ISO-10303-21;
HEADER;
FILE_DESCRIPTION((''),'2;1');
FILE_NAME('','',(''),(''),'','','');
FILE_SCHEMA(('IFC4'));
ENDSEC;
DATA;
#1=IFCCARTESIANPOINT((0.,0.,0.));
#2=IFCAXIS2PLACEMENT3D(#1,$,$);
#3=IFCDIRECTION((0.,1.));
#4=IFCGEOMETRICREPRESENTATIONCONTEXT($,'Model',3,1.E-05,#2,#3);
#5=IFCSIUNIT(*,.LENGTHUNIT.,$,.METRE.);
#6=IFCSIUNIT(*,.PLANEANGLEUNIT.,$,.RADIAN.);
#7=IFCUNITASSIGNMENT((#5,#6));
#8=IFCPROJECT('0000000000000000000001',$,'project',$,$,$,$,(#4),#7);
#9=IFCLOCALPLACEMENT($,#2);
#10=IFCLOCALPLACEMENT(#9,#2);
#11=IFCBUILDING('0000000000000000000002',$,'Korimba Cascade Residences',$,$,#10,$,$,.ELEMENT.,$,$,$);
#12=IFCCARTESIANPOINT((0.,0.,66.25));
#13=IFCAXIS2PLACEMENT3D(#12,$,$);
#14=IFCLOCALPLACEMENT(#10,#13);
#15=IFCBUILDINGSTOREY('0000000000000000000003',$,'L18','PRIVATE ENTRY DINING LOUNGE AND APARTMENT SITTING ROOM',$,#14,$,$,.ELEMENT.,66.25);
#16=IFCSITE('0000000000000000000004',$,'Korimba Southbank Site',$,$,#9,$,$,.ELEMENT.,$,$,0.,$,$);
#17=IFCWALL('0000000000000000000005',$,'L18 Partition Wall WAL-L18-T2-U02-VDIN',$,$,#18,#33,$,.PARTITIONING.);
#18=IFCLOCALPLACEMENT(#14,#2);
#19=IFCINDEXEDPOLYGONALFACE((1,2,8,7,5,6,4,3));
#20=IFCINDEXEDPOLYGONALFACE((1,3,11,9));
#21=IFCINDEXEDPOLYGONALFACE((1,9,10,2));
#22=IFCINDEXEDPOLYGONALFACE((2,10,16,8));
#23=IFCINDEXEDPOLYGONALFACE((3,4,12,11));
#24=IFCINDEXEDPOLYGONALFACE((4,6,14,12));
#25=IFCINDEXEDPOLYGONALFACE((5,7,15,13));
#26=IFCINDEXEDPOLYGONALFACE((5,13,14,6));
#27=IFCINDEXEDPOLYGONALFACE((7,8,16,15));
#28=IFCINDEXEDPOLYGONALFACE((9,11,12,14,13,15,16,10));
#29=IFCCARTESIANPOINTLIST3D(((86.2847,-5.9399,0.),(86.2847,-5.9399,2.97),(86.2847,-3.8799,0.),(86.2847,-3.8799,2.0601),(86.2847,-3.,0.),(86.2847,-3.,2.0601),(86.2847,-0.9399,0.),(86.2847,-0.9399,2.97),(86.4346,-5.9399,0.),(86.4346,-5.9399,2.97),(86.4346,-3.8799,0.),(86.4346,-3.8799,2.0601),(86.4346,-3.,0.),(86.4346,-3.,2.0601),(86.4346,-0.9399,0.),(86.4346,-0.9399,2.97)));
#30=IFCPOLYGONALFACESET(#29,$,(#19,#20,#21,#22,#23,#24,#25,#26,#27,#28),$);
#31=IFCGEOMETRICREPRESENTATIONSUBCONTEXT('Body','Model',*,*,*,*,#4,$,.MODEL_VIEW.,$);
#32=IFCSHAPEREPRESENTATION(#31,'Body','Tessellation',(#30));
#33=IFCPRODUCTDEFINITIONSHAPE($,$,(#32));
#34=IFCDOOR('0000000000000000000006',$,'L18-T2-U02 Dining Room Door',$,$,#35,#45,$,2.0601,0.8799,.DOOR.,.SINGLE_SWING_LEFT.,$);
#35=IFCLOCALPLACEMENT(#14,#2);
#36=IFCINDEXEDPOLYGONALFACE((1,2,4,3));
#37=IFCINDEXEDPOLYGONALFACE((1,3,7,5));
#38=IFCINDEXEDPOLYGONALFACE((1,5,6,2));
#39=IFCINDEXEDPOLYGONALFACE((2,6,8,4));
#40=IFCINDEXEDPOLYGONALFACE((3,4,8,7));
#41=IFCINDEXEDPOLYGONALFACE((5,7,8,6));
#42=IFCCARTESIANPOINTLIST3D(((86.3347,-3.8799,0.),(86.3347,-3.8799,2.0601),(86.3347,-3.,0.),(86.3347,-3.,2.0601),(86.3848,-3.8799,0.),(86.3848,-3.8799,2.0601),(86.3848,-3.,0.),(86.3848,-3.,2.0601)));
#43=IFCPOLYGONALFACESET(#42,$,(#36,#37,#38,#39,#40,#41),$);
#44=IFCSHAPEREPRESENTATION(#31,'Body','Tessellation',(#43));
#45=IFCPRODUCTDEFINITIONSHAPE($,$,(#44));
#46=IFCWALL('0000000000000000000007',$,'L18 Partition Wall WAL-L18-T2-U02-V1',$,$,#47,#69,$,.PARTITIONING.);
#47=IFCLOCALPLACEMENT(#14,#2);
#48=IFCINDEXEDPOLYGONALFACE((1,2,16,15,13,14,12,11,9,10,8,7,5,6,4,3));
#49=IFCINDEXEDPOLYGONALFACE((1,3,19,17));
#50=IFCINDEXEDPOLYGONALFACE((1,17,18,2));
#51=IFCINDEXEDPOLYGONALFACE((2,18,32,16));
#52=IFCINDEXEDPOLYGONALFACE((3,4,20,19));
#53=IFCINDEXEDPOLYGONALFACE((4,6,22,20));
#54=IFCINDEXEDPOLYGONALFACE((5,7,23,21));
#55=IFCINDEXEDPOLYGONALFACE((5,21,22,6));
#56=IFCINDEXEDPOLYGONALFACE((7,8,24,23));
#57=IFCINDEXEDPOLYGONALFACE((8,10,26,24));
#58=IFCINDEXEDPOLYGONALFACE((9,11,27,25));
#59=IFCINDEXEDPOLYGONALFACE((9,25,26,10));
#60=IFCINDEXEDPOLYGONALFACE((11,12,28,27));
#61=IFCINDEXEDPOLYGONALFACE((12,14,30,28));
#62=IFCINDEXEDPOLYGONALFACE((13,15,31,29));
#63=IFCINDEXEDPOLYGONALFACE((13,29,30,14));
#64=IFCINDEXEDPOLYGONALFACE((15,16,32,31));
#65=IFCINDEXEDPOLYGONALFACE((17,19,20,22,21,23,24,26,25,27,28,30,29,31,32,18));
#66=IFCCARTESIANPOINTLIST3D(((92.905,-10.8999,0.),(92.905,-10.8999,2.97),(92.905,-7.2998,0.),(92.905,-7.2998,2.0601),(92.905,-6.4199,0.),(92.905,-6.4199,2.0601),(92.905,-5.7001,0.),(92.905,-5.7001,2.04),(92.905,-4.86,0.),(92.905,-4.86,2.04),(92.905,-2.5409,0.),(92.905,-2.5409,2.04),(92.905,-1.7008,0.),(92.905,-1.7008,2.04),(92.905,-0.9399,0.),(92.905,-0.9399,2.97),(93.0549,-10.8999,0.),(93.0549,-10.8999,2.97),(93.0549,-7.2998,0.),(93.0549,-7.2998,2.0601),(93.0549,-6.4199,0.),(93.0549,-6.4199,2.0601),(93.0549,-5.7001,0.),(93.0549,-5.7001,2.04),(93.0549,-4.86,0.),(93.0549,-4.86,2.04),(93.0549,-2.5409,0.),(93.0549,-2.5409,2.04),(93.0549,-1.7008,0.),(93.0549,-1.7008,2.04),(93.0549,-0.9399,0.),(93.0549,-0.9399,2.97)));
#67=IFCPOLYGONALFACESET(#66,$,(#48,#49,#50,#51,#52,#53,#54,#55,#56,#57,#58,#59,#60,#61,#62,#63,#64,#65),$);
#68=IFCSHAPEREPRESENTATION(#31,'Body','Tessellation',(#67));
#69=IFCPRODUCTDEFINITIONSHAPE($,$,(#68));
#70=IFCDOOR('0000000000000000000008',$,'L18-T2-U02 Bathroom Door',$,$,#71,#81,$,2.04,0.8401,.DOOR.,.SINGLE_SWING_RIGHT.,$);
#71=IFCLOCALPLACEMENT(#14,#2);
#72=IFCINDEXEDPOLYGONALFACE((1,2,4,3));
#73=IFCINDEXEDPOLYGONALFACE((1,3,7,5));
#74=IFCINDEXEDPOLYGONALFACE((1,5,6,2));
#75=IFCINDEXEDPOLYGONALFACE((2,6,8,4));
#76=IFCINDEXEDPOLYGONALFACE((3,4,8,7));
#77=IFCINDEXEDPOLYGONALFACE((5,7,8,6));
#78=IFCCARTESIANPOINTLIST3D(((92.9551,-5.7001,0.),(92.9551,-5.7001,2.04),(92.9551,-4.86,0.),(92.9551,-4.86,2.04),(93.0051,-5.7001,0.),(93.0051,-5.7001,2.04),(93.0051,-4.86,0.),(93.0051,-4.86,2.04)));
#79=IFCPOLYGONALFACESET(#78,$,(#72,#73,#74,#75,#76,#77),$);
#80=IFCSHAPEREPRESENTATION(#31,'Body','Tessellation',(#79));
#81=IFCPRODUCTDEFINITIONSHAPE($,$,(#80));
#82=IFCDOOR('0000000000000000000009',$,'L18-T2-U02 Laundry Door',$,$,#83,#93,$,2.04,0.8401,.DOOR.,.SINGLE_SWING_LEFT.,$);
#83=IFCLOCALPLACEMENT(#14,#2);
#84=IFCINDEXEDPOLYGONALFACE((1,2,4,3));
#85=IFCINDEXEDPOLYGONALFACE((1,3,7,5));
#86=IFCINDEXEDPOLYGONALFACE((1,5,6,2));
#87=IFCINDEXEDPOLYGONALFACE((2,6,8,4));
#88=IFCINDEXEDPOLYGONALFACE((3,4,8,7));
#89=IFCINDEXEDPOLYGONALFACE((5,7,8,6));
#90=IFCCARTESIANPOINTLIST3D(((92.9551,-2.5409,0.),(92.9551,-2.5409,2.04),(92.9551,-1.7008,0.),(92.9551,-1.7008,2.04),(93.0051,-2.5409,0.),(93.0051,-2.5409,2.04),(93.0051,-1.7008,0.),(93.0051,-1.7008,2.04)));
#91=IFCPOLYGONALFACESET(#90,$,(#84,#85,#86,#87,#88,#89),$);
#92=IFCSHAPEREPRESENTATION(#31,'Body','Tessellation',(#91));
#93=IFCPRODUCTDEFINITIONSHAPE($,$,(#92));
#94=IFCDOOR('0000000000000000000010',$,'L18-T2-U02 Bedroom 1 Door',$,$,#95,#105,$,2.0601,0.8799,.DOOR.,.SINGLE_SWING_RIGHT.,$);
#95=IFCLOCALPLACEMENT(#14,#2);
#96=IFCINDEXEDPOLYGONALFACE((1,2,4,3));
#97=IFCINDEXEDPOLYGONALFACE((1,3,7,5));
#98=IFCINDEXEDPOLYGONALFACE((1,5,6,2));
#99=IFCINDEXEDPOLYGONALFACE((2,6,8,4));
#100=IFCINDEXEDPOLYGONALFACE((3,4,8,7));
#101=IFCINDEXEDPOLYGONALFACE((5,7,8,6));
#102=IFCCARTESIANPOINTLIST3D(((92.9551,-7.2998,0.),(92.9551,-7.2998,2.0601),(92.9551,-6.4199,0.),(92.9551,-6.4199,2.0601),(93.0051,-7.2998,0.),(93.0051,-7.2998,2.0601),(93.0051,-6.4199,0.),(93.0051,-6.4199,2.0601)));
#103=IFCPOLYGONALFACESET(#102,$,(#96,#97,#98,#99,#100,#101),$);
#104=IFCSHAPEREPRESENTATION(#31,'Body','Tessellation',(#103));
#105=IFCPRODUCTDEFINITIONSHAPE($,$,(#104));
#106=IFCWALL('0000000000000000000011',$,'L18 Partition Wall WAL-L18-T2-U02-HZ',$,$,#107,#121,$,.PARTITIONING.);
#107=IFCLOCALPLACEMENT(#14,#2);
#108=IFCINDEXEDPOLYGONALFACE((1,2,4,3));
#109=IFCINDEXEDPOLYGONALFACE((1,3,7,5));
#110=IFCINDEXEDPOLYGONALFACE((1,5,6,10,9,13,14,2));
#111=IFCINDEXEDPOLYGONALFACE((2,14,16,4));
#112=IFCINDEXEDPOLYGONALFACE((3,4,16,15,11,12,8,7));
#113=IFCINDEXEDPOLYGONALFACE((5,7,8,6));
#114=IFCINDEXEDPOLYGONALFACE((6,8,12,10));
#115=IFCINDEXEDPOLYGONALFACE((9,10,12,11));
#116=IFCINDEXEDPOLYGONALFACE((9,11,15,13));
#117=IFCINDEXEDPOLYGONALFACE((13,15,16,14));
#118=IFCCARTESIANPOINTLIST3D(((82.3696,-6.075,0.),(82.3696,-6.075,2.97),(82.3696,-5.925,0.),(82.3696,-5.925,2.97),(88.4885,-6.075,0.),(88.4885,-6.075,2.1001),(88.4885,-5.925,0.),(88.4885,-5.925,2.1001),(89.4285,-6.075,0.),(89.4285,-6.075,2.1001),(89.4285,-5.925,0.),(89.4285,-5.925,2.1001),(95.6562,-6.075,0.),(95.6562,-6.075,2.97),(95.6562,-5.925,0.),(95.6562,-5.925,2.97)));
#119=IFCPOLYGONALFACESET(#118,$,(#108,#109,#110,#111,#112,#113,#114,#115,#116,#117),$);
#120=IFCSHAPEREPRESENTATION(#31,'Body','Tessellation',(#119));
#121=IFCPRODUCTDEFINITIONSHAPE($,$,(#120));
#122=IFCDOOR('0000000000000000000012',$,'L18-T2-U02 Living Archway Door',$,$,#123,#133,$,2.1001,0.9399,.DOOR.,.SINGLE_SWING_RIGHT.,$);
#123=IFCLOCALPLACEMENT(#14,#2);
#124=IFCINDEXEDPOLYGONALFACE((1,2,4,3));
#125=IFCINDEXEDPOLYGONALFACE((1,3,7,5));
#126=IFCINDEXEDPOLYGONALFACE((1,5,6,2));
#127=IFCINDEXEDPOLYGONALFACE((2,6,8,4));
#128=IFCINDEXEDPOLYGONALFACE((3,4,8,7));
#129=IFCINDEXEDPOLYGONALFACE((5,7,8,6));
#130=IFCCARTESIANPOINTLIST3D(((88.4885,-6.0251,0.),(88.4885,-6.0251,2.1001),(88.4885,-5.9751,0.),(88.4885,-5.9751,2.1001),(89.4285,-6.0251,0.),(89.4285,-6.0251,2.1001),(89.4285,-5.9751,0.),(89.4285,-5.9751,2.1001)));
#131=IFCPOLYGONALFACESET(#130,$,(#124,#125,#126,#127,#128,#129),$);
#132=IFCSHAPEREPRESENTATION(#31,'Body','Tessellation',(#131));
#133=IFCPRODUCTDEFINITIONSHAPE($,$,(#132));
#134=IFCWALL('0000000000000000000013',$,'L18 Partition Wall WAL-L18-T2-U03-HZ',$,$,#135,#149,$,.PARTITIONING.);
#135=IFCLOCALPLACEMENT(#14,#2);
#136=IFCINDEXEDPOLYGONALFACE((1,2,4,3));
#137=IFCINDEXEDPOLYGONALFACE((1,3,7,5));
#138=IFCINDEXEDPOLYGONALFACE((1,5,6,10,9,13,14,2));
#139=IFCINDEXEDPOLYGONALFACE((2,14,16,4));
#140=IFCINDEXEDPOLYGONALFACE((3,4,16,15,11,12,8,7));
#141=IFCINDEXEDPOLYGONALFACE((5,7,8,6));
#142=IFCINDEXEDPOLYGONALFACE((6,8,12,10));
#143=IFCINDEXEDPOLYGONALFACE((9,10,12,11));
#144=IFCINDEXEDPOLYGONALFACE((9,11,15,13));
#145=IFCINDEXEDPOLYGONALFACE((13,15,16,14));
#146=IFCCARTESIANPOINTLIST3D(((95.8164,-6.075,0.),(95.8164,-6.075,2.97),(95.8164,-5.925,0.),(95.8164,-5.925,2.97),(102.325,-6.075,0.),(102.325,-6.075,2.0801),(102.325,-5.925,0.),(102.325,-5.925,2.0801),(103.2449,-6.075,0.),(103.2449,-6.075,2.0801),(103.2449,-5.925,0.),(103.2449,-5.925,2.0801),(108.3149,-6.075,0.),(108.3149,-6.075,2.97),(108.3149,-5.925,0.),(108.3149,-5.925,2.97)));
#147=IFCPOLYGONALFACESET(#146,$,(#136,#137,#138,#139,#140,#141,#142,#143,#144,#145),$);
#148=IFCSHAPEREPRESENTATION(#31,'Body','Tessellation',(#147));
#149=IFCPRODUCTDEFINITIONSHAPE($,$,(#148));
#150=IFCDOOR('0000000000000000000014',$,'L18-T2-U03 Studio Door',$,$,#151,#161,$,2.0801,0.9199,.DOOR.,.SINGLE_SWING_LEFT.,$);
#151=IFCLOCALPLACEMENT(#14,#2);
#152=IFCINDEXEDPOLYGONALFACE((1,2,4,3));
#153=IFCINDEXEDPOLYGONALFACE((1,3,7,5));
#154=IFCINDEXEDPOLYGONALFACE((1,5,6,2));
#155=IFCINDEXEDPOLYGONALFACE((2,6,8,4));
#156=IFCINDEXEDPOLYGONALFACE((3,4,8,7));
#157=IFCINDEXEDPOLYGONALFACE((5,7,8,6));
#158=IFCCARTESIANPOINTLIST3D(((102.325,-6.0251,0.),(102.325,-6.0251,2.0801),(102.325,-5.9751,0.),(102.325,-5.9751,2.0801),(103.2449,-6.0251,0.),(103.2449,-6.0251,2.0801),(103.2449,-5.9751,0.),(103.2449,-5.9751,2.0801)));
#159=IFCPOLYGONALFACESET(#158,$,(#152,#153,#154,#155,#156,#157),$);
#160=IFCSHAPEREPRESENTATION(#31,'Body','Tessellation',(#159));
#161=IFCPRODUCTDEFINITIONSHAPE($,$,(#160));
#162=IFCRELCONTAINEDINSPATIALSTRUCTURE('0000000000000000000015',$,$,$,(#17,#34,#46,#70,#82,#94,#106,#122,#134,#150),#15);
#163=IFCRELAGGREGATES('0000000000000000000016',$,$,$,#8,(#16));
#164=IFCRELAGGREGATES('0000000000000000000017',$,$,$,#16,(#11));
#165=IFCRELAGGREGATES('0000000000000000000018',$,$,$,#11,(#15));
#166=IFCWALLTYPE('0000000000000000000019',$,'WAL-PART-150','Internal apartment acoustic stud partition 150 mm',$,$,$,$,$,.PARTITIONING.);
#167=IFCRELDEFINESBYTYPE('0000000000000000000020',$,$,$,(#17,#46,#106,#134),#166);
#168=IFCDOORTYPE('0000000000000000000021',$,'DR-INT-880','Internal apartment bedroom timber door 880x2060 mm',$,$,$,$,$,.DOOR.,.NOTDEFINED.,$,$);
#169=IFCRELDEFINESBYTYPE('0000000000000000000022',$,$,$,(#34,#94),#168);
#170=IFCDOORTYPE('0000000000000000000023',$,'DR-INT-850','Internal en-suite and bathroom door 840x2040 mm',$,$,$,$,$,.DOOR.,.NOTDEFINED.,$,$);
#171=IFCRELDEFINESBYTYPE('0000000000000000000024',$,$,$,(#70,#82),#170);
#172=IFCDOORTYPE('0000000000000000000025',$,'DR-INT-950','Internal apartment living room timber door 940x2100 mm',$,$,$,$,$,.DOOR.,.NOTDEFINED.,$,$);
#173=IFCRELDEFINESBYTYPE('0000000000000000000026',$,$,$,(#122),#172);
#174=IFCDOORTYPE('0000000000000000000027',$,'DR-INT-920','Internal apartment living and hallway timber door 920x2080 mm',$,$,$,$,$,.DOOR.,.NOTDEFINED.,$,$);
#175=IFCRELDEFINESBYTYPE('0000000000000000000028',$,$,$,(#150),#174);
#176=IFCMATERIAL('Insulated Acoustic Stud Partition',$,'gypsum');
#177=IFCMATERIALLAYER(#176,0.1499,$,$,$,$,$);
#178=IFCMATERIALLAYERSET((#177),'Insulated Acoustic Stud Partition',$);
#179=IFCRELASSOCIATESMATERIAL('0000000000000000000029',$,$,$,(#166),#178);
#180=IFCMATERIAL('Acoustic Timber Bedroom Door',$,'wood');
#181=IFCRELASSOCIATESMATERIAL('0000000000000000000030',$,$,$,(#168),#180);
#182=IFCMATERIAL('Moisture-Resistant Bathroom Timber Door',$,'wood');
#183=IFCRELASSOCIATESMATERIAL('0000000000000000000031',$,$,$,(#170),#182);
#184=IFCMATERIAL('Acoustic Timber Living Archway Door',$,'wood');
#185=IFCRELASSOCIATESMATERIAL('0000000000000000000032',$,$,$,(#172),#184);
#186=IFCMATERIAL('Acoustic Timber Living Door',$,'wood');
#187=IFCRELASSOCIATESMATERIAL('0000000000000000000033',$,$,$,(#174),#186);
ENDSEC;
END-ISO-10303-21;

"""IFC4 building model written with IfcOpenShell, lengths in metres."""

from ifc_helpers import new_model, si_unit, direction, frame, frame_2d, origin, place, context, subcontext, project, spatial, rectangle, extrude, material, layer, layer_set, type_object, element, fill, save


model = new_model("IFC4")

# Units and contexts
model_context = context("Model", 3, precision=1e-05, world=origin(), true_north=direction((0.0, 1.0)))
body_context = subcontext(model_context, "Body", "Model", "MODEL_VIEW")
ifc_project = project(units=[si_unit("LENGTHUNIT", "METRE"), si_unit("PLANEANGLEUNIT", "RADIAN")], contexts=[model_context])

# Site, building, storey
site_placement = place(None, origin())
site = spatial("IfcSite", under=ifc_project, at=site_placement, Name="Korimba Southbank Site", CompositionType="ELEMENT", RefElevation=0.0)
building_placement = place(site_placement, origin())
building = spatial("IfcBuilding", under=site, at=building_placement, Name="Korimba Cascade Residences", CompositionType="ELEMENT")
storey_placement = place(building_placement, frame((0.0, 0.0, 66.25)))
storey = spatial("IfcBuildingStorey", under=building, at=storey_placement, Name="L18", Description="PRIVATE ENTRY DINING LOUNGE AND APARTMENT SITTING ROOM", CompositionType="ELEMENT", Elevation=66.25)

# Wall, opening, door
ifc_material_1 = material(Name="Insulated Acoustic Stud Partition", Category="gypsum")
ifc_layer_1 = layer(ifc_material_1, 0.1499)
ifc_layer_set_1 = layer_set([ifc_layer_1], Name="Insulated Acoustic Stud Partition")
wall_type_1 = type_object("IfcWallType", Name="WAL-PART-150", Description="Internal apartment acoustic stud partition 150 mm", PredefinedType="PARTITIONING", material=ifc_layer_set_1)
wall_1_placement = place(storey_placement, frame((86.3596, -5.9399, 0.0), z_axis=(0.0, 0.0, 1.0), x_axis=(0.0, 1.0, 0.0)))
wall_1 = element("IfcWall", 1, at=wall_1_placement, inside=storey, type_object=wall_type_1, Name="L18 Partition Wall WAL-L18-T2-U02-VDIN", PredefinedType="PARTITIONING", context=body_context, shape_type="SweptSolid", body=[
    extrude(rectangle(XDim=5.0, YDim=0.1499, at=frame_2d((2.5, 0.0))), origin(), (0.0, 0.0, 1.0), 2.97),
])
opening_1_placement = place(wall_1_placement, frame((2.0601, 0.0, 0.0)))
opening_1 = element("IfcOpeningElement", 2, at=opening_1_placement, cuts=wall_1, PredefinedType="OPENING", context=body_context, shape_type="SweptSolid", body=[
    extrude(rectangle(XDim=0.8799, YDim=2.0601, at=frame_2d((0.4399, 1.03))), frame((0.0, 0.085, 0.0), z_axis=(0.0, -1.0, 0.0), x_axis=(1.0, 0.0, 0.0)), (0.0, 0.0, 1.0), 0.1699),
])
ifc_material_2 = material(Name="Acoustic Timber Bedroom Door", Category="wood")
door_type_1 = type_object("IfcDoorType", Name="DR-INT-880", Description="Internal apartment bedroom timber door 880x2060 mm", OperationType="NOTDEFINED", PredefinedType="DOOR", material=ifc_material_2)
door_1_placement = place(opening_1_placement, origin())
door_1 = element("IfcDoor", 3, at=door_1_placement, inside=storey, type_object=door_type_1, Name="L18-T2-U02 Dining Room Door", OperationType="SINGLE_SWING_LEFT", OverallHeight=2.0601, OverallWidth=0.8799, PredefinedType="DOOR", context=body_context, shape_type="SweptSolid", body=[
    extrude(rectangle(XDim=0.8799, YDim=2.0601, at=frame_2d((0.4399, 1.03))), frame((0.0, 0.0249, 0.0), z_axis=(0.0, -1.0, 0.0), x_axis=(1.0, 0.0, 0.0)), (0.0, 0.0, 1.0), 0.05),
])
fill(opening_1, door_1)

# Wall, openings, doors
wall_2_placement = place(storey_placement, frame((92.98, -10.8999, 0.0), z_axis=(0.0, 0.0, 1.0), x_axis=(0.0, 1.0, 0.0)))
wall_2 = element("IfcWall", 4, at=wall_2_placement, inside=storey, type_object=wall_type_1, Name="L18 Partition Wall WAL-L18-T2-U02-V1", PredefinedType="PARTITIONING", context=body_context, shape_type="SweptSolid", body=[
    extrude(rectangle(XDim=9.96, YDim=0.1499, at=frame_2d((4.98, 0.0))), origin(), (0.0, 0.0, 1.0), 2.97),
])
opening_2_placement = place(wall_2_placement, frame((5.2, 0.0, 0.0)))
opening_2 = element("IfcOpeningElement", 5, at=opening_2_placement, cuts=wall_2, PredefinedType="OPENING", context=body_context, shape_type="SweptSolid", body=[
    extrude(rectangle(XDim=0.8401, YDim=2.04, at=frame_2d((0.4199, 1.02))), frame((0.0, 0.085, 0.0), z_axis=(0.0, -1.0, 0.0), x_axis=(1.0, 0.0, 0.0)), (0.0, 0.0, 1.0), 0.1699),
])
opening_3_placement = place(wall_2_placement, frame((8.3591, 0.0, 0.0)))
opening_3 = element("IfcOpeningElement", 6, at=opening_3_placement, cuts=wall_2, PredefinedType="OPENING", context=body_context, shape_type="SweptSolid", body=[
    extrude(rectangle(XDim=0.8401, YDim=2.04, at=frame_2d((0.4199, 1.02))), frame((0.0, 0.085, 0.0), z_axis=(0.0, -1.0, 0.0), x_axis=(1.0, 0.0, 0.0)), (0.0, 0.0, 1.0), 0.1699),
])
opening_4_placement = place(wall_2_placement, frame((3.6001, 0.0, 0.0)))
opening_4 = element("IfcOpeningElement", 7, at=opening_4_placement, cuts=wall_2, PredefinedType="OPENING", context=body_context, shape_type="SweptSolid", body=[
    extrude(rectangle(XDim=0.8799, YDim=2.0601, at=frame_2d((0.4399, 1.03))), frame((0.0, 0.085, 0.0), z_axis=(0.0, -1.0, 0.0), x_axis=(1.0, 0.0, 0.0)), (0.0, 0.0, 1.0), 0.1699),
])
ifc_material_3 = material(Name="Moisture-Resistant Bathroom Timber Door", Category="wood")
door_type_2 = type_object("IfcDoorType", Name="DR-INT-850", Description="Internal en-suite and bathroom door 840x2040 mm", OperationType="NOTDEFINED", PredefinedType="DOOR", material=ifc_material_3)
door_2_placement = place(opening_2_placement, origin())
door_2 = element("IfcDoor", 8, at=door_2_placement, inside=storey, type_object=door_type_2, Name="L18-T2-U02 Bathroom Door", OperationType="SINGLE_SWING_RIGHT", OverallHeight=2.04, OverallWidth=0.8401, PredefinedType="DOOR", context=body_context, shape_type="SweptSolid", body=[
    extrude(rectangle(XDim=0.8401, YDim=2.04, at=frame_2d((0.4199, 1.02))), frame((0.0, 0.0249, 0.0), z_axis=(0.0, -1.0, 0.0), x_axis=(1.0, 0.0, 0.0)), (0.0, 0.0, 1.0), 0.05),
])
fill(opening_2, door_2)
door_3_placement = place(opening_3_placement, origin())
door_3 = element("IfcDoor", 9, at=door_3_placement, inside=storey, type_object=door_type_2, Name="L18-T2-U02 Laundry Door", OperationType="SINGLE_SWING_LEFT", OverallHeight=2.04, OverallWidth=0.8401, PredefinedType="DOOR", context=body_context, shape_type="SweptSolid", body=[
    extrude(rectangle(XDim=0.8401, YDim=2.04, at=frame_2d((0.4199, 1.02))), frame((0.0, 0.0249, 0.0), z_axis=(0.0, -1.0, 0.0), x_axis=(1.0, 0.0, 0.0)), (0.0, 0.0, 1.0), 0.05),
])
fill(opening_3, door_3)
door_4_placement = place(opening_4_placement, origin())
door_4 = element("IfcDoor", 10, at=door_4_placement, inside=storey, type_object=door_type_1, Name="L18-T2-U02 Bedroom 1 Door", OperationType="SINGLE_SWING_RIGHT", OverallHeight=2.0601, OverallWidth=0.8799, PredefinedType="DOOR", context=body_context, shape_type="SweptSolid", body=[
    extrude(rectangle(XDim=0.8799, YDim=2.0601, at=frame_2d((0.4399, 1.03))), frame((0.0, 0.0249, 0.0), z_axis=(0.0, -1.0, 0.0), x_axis=(1.0, 0.0, 0.0)), (0.0, 0.0, 1.0), 0.05),
])
fill(opening_4, door_4)

# Walls, openings, doors
wall_3_placement = place(storey_placement, frame((82.3696, -6.0, 0.0), z_axis=(0.0, 0.0, 1.0), x_axis=(1.0, 0.0, 0.0)))
wall_3 = element("IfcWall", 11, at=wall_3_placement, inside=storey, type_object=wall_type_1, Name="L18 Partition Wall WAL-L18-T2-U02-HZ", PredefinedType="PARTITIONING", context=body_context, shape_type="SweptSolid", body=[
    extrude(rectangle(XDim=13.2866, YDim=0.1499, at=frame_2d((6.6433, 0.0))), origin(), (0.0, 0.0, 1.0), 2.97),
])
opening_5_placement = place(wall_3_placement, frame((6.1189, 0.0, 0.0)))
opening_5 = element("IfcOpeningElement", 12, at=opening_5_placement, cuts=wall_3, PredefinedType="OPENING", context=body_context, shape_type="SweptSolid", body=[
    extrude(rectangle(XDim=0.9399, YDim=2.1001, at=frame_2d((0.47, 1.05))), frame((0.0, 0.085, 0.0), z_axis=(0.0, -1.0, 0.0), x_axis=(1.0, 0.0, 0.0)), (0.0, 0.0, 1.0), 0.1699),
])
ifc_material_4 = material(Name="Acoustic Timber Living Archway Door", Category="wood")
door_type_3 = type_object("IfcDoorType", Name="DR-INT-950", Description="Internal apartment living room timber door 940x2100 mm", OperationType="NOTDEFINED", PredefinedType="DOOR", material=ifc_material_4)
door_5_placement = place(opening_5_placement, origin())
door_5 = element("IfcDoor", 13, at=door_5_placement, inside=storey, type_object=door_type_3, Name="L18-T2-U02 Living Archway Door", OperationType="SINGLE_SWING_RIGHT", OverallHeight=2.1001, OverallWidth=0.9399, PredefinedType="DOOR", context=body_context, shape_type="SweptSolid", body=[
    extrude(rectangle(XDim=0.9399, YDim=2.1001, at=frame_2d((0.47, 1.05))), frame((0.0, 0.0249, 0.0), z_axis=(0.0, -1.0, 0.0), x_axis=(1.0, 0.0, 0.0)), (0.0, 0.0, 1.0), 0.05),
])
fill(opening_5, door_5)
wall_4_placement = place(storey_placement, frame((95.8164, -6.0, 0.0), z_axis=(0.0, 0.0, 1.0), x_axis=(1.0, 0.0, 0.0)))
wall_4 = element("IfcWall", 14, at=wall_4_placement, inside=storey, type_object=wall_type_1, Name="L18 Partition Wall WAL-L18-T2-U03-HZ", PredefinedType="PARTITIONING", context=body_context, shape_type="SweptSolid", body=[
    extrude(rectangle(XDim=12.4985, YDim=0.1499, at=frame_2d((6.2493, 0.0))), origin(), (0.0, 0.0, 1.0), 2.97),
])
opening_6_placement = place(wall_4_placement, frame((6.5085, 0.0, 0.0)))
opening_6 = element("IfcOpeningElement", 15, at=opening_6_placement, cuts=wall_4, PredefinedType="OPENING", context=body_context, shape_type="SweptSolid", body=[
    extrude(rectangle(XDim=0.9199, YDim=2.0801, at=frame_2d((0.46, 1.04))), frame((0.0, 0.085, 0.0), z_axis=(0.0, -1.0, 0.0), x_axis=(1.0, 0.0, 0.0)), (0.0, 0.0, 1.0), 0.1699),
])
ifc_material_5 = material(Name="Acoustic Timber Living Door", Category="wood")
door_type_4 = type_object("IfcDoorType", Name="DR-INT-920", Description="Internal apartment living and hallway timber door 920x2080 mm", OperationType="NOTDEFINED", PredefinedType="DOOR", material=ifc_material_5)
door_6_placement = place(opening_6_placement, origin())
door_6 = element("IfcDoor", 16, at=door_6_placement, inside=storey, type_object=door_type_4, Name="L18-T2-U03 Studio Door", OperationType="SINGLE_SWING_LEFT", OverallHeight=2.0801, OverallWidth=0.9199, PredefinedType="DOOR", context=body_context, shape_type="SweptSolid", body=[
    extrude(rectangle(XDim=0.9199, YDim=2.0801, at=frame_2d((0.46, 1.04))), frame((0.0, 0.0249, 0.0), z_axis=(0.0, -1.0, 0.0), x_axis=(1.0, 0.0, 0.0)), (0.0, 0.0, 1.0), 0.05),
])
fill(opening_6, door_6)

save(model, "model.ifc")
